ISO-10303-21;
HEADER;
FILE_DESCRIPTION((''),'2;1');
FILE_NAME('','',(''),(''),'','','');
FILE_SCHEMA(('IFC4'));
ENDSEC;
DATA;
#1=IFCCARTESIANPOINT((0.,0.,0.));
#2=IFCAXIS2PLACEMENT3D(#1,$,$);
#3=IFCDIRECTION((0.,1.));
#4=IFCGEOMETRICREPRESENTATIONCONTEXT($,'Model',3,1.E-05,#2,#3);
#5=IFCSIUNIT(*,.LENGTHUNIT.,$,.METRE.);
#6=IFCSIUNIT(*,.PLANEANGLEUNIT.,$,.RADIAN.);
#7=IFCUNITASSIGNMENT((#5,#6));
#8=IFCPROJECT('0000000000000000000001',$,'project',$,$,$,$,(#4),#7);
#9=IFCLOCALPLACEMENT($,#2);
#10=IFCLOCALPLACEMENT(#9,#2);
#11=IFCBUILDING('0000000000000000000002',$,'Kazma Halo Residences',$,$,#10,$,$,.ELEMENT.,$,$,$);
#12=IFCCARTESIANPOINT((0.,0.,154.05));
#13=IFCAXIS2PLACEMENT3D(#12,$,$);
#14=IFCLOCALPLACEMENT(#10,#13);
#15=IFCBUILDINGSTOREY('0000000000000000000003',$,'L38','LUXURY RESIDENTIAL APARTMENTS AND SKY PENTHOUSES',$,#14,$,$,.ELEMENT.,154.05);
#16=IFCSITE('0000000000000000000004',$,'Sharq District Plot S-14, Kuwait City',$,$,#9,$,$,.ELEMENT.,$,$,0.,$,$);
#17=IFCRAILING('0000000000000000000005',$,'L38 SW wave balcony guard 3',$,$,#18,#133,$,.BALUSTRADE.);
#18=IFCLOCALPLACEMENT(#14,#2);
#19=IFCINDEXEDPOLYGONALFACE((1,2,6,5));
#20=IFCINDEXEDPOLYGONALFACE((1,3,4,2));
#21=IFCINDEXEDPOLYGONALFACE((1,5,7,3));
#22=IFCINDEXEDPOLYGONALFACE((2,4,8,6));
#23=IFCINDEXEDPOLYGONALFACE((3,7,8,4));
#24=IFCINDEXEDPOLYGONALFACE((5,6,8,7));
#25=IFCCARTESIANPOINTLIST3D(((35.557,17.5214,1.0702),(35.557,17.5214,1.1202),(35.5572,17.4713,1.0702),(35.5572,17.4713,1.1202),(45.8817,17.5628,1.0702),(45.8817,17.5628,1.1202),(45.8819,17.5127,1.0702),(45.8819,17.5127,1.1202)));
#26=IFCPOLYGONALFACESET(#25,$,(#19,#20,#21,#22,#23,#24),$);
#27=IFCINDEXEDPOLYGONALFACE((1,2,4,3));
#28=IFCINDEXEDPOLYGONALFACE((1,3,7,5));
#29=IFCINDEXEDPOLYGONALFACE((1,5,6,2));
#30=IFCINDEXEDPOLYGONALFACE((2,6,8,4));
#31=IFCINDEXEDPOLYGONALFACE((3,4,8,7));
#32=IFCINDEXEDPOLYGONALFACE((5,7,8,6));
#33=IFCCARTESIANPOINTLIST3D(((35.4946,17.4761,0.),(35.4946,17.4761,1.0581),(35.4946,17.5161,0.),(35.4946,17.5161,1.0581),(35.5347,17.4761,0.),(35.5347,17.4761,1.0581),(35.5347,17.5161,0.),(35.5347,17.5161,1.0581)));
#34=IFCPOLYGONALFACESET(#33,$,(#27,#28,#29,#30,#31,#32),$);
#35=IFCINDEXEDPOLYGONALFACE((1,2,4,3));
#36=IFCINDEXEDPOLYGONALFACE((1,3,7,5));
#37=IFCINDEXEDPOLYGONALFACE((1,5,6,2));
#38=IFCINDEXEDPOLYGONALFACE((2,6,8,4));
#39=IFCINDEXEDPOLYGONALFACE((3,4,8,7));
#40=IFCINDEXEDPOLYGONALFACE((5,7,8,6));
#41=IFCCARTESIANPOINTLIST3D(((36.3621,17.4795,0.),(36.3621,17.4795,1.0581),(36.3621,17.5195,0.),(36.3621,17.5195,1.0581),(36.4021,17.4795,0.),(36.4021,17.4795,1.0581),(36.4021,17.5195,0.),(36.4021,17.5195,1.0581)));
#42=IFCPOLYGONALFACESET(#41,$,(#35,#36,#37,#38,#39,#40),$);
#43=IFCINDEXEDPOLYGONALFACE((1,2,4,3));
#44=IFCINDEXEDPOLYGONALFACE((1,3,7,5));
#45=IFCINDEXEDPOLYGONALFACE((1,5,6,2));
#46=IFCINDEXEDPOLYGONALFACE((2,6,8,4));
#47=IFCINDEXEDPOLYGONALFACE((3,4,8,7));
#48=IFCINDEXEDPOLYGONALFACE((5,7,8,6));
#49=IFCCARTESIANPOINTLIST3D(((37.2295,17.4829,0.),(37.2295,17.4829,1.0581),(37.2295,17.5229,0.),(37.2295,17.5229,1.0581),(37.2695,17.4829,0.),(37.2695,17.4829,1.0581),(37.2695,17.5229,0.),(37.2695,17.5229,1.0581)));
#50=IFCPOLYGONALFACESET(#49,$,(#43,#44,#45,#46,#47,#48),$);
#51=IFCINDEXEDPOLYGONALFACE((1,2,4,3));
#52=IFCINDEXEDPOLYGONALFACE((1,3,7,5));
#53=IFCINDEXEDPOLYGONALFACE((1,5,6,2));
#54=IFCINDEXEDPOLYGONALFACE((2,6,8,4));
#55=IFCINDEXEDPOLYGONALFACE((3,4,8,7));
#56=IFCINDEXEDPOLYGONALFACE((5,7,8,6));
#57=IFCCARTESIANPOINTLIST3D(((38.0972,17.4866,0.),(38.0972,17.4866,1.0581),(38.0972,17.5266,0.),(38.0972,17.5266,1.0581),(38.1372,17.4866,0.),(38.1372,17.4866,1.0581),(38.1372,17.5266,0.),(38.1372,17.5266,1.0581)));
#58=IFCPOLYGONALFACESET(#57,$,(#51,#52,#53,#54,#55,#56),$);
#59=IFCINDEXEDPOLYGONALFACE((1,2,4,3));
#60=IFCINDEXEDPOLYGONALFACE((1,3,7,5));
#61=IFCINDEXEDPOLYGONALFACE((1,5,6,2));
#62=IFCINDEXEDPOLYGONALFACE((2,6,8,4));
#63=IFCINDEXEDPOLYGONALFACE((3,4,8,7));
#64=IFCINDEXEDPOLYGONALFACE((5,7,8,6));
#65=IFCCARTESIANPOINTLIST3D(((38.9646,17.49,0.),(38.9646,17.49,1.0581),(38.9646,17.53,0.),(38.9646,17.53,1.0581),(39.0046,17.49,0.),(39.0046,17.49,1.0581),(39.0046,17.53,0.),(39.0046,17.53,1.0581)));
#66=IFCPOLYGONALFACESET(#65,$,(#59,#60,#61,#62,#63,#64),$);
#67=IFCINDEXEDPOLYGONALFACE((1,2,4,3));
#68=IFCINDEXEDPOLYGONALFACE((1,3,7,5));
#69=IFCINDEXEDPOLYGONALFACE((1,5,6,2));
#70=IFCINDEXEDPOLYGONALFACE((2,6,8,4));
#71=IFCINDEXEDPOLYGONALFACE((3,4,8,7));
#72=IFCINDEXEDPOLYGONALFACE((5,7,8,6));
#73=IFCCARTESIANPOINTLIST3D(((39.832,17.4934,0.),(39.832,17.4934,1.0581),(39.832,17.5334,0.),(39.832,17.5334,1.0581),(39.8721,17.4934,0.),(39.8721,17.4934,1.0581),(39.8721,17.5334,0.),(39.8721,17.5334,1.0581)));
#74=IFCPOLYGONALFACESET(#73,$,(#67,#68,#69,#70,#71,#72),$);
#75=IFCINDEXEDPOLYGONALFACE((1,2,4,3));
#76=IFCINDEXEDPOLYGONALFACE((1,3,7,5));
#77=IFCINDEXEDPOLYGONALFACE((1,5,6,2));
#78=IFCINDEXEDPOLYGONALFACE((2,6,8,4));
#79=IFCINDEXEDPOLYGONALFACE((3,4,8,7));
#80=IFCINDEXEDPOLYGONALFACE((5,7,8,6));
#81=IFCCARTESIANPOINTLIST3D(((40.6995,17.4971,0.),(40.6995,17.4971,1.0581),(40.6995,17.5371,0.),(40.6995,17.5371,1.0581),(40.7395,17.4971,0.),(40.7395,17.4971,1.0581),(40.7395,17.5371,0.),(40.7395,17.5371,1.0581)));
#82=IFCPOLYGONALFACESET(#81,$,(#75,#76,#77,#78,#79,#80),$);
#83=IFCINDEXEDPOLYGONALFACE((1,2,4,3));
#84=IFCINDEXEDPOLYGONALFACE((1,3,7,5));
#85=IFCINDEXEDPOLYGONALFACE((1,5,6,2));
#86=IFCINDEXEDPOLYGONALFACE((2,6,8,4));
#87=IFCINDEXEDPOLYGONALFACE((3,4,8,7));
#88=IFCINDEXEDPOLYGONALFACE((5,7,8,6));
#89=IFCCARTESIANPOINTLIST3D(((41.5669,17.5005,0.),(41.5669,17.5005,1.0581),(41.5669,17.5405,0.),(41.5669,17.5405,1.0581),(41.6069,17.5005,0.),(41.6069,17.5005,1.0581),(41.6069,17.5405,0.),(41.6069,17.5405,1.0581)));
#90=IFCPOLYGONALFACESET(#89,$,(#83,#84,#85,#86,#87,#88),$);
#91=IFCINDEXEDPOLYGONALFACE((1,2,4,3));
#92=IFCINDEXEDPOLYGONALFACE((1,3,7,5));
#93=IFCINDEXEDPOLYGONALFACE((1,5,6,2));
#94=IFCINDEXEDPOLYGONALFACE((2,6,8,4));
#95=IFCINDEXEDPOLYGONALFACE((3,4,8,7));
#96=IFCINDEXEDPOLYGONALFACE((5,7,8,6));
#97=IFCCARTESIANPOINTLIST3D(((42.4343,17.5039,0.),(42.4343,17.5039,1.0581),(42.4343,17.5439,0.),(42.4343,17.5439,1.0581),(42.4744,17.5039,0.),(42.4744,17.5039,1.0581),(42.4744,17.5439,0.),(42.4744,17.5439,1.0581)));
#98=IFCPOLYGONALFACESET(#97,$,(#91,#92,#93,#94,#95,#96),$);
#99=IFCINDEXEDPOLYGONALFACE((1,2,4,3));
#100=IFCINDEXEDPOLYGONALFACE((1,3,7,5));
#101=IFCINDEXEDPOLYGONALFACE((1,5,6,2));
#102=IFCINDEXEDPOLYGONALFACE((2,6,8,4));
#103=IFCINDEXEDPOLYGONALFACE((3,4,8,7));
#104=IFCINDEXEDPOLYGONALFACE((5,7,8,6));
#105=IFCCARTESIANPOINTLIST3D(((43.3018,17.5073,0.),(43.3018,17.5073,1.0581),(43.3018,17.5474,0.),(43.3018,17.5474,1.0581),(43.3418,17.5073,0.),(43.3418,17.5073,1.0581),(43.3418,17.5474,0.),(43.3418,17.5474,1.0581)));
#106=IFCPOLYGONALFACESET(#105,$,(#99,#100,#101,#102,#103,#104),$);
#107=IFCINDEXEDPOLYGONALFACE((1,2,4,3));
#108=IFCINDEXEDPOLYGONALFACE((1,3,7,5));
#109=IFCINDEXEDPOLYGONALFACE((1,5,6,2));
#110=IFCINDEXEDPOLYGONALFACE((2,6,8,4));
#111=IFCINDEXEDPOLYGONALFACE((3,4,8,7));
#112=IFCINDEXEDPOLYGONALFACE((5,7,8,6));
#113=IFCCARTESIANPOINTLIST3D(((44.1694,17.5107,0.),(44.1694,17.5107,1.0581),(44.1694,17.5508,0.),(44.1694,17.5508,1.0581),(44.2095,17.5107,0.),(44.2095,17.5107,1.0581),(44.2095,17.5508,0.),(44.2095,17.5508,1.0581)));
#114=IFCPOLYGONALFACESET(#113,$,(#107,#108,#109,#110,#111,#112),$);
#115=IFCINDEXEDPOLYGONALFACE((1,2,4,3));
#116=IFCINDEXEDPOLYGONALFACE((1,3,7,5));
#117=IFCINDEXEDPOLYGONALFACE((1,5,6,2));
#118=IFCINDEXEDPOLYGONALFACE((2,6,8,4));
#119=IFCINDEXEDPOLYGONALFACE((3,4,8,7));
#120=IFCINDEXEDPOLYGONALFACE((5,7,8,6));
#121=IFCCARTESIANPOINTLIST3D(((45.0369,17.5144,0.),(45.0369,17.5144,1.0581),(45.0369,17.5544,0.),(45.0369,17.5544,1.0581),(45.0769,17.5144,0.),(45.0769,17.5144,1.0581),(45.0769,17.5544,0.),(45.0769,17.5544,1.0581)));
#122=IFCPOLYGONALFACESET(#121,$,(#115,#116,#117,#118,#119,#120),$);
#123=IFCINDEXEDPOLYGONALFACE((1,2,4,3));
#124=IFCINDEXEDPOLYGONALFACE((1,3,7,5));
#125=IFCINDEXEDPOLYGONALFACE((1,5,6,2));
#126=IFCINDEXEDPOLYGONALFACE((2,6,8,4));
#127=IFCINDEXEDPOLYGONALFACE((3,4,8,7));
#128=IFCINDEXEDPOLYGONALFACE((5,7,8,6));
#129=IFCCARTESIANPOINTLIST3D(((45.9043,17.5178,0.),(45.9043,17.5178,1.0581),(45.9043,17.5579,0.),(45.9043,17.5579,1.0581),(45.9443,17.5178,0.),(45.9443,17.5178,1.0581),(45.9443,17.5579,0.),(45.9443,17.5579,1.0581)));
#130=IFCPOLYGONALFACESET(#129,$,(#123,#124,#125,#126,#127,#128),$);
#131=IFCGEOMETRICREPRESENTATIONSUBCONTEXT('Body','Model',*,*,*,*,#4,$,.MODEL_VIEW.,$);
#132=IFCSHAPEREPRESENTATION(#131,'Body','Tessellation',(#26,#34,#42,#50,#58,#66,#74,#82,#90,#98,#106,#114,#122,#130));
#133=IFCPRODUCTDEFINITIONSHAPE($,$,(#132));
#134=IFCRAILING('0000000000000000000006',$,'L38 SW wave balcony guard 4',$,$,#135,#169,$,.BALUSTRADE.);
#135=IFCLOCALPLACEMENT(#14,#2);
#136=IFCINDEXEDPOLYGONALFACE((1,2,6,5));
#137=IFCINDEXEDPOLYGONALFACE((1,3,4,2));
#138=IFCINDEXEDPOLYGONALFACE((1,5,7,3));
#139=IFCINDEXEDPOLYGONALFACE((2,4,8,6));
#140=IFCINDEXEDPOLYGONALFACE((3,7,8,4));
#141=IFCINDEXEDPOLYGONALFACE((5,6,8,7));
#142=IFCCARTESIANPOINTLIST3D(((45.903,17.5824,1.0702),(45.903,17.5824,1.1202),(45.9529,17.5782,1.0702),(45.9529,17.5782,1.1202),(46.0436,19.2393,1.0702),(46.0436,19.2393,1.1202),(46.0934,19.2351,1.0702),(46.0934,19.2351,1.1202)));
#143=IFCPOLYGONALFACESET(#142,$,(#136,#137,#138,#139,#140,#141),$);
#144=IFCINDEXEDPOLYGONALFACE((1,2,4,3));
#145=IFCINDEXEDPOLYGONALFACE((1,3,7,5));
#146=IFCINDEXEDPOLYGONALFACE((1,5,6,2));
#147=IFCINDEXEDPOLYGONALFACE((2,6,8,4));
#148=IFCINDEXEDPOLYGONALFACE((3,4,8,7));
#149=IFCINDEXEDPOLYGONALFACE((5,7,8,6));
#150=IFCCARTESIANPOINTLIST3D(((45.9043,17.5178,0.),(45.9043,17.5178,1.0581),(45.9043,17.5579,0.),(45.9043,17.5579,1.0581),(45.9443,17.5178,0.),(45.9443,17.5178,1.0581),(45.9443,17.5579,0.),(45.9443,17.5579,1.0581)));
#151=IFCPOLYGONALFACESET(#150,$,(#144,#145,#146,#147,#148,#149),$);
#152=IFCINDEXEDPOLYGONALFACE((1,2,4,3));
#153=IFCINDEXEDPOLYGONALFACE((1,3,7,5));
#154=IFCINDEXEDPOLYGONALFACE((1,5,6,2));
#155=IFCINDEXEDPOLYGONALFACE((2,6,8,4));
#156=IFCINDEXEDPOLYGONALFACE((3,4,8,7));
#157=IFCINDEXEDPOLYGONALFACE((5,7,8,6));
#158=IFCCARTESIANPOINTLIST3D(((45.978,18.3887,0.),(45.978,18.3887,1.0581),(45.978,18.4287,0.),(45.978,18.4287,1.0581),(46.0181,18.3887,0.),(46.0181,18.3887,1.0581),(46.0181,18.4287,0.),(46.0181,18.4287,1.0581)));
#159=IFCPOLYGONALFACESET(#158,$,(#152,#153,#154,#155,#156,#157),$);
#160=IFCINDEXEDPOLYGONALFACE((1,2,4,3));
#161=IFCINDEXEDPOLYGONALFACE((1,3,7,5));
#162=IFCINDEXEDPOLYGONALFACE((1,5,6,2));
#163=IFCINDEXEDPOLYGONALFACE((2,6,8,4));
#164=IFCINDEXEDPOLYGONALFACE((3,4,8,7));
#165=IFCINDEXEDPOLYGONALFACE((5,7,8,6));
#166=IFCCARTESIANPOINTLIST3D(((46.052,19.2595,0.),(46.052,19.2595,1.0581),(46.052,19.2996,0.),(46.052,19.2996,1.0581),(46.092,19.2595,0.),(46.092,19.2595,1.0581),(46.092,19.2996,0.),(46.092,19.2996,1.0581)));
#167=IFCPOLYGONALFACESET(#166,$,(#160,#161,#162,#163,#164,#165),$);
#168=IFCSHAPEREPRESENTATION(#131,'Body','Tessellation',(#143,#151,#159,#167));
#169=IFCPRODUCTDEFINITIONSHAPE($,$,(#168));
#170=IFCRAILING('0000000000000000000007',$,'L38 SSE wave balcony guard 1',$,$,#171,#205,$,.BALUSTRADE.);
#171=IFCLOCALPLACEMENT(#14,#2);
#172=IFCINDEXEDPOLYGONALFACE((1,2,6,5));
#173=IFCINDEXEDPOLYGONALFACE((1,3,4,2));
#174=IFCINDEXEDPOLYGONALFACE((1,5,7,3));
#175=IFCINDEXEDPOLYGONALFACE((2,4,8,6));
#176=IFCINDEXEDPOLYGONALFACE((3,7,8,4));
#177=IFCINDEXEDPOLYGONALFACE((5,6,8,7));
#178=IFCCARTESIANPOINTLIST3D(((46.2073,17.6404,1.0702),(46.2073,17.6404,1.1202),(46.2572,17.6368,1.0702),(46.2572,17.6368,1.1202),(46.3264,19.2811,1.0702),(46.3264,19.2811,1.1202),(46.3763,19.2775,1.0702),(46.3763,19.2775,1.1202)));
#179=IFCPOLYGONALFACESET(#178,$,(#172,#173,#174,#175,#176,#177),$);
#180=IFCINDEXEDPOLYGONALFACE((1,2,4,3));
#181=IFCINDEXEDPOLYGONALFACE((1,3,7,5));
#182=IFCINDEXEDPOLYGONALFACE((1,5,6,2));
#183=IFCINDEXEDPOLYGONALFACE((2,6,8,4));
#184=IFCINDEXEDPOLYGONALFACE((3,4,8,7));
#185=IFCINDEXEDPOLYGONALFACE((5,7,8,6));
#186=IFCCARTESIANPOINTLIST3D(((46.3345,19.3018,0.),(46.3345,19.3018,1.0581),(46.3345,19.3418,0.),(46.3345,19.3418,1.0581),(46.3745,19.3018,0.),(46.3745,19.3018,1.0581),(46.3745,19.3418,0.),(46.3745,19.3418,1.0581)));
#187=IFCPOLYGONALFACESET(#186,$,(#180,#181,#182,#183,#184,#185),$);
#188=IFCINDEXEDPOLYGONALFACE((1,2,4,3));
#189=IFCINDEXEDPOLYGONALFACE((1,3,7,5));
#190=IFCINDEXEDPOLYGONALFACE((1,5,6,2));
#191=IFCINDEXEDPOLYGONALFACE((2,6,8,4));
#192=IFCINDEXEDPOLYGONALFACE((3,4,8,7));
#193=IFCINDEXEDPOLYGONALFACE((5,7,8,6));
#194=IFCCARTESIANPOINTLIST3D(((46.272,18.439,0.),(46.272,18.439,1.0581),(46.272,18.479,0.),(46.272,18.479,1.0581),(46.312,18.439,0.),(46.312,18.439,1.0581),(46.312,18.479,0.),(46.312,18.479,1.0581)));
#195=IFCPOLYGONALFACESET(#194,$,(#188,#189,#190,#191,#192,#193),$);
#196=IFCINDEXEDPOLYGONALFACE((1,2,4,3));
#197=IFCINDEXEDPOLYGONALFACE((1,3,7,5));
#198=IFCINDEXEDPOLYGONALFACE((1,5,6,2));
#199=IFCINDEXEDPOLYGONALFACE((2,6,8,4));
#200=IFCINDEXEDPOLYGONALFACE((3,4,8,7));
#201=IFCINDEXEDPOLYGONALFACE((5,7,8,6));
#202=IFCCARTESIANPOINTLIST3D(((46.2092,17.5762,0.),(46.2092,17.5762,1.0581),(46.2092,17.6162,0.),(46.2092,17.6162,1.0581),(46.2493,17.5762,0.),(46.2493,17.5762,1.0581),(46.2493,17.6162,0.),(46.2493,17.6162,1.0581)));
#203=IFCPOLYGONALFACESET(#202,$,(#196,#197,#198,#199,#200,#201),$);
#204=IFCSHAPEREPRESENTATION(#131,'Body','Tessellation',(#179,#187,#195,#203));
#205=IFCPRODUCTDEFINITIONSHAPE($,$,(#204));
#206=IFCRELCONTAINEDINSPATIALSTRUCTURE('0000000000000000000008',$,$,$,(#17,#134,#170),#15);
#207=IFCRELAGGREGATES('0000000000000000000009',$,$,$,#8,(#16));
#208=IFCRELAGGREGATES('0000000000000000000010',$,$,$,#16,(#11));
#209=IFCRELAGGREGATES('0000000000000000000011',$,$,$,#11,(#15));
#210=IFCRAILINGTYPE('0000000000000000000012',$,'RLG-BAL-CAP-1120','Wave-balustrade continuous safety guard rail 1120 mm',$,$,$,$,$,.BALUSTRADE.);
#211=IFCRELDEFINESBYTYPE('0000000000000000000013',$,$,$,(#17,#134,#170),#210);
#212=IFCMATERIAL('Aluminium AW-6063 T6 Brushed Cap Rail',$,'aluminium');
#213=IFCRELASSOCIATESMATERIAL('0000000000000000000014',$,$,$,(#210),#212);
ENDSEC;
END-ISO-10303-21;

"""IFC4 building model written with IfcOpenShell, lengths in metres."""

from ifc_helpers import new_model, si_unit, direction, frame, origin, origin_2d, place, context, subcontext, project, spatial, rectangle, extrude, material, type_object, element, save


model = new_model("IFC4")

# Units and contexts
model_context = context("Model", 3, precision=1e-05, world=origin(), true_north=direction((0.0, 1.0)))
body_context = subcontext(model_context, "Body", "Model", "MODEL_VIEW")
ifc_project = project(units=[si_unit("LENGTHUNIT", "METRE"), si_unit("PLANEANGLEUNIT", "RADIAN")], contexts=[model_context])

# Site, building, storey
site_placement = place(None, origin())
site = spatial("IfcSite", under=ifc_project, at=site_placement, Name="Sharq District Plot S-14, Kuwait City", CompositionType="ELEMENT", RefElevation=0.0)
building_placement = place(site_placement, origin())
building = spatial("IfcBuilding", under=site, at=building_placement, Name="Kazma Halo Residences", CompositionType="ELEMENT")
storey_placement = place(building_placement, frame((0.0, 0.0, 154.05)))
storey = spatial("IfcBuildingStorey", under=building, at=storey_placement, Name="L38", Description="LUXURY RESIDENTIAL APARTMENTS AND SKY PENTHOUSES", CompositionType="ELEMENT", Elevation=154.05)

# Railings
ifc_material_1 = material(Name="Aluminium AW-6063 T6 Brushed Cap Rail", Category="aluminium")
railing_type = type_object("IfcRailingType", Name="RLG-BAL-CAP-1120", Description="Wave-balustrade continuous safety guard rail 1120 mm", PredefinedType="BALUSTRADE", material=ifc_material_1)
railing_1_placement = place(storey_placement, frame((35.5146, 17.4961, 0.0)))
element("IfcRailing", 1, at=railing_1_placement, inside=storey, type_object=railing_type, Name="L38 SW wave balcony guard 3", PredefinedType="BALUSTRADE", context=body_context, shape_type="SweptSolid", body=[
    extrude(rectangle(XDim=0.05, YDim=0.05, at=origin_2d()), frame((0.0425, 0.0002, 1.0952), z_axis=(0.999992, 0.00401, 0.0), x_axis=(-0.00401, 0.999992, 0.0)), (0.0, 0.0, 1.0), 10.3247),
    extrude(rectangle(XDim=0.04, YDim=0.04, at=origin_2d()), origin(), (0.0, 0.0, 1.0), 1.0581),
    extrude(rectangle(XDim=0.04, YDim=0.04, at=origin_2d()), frame((0.8674, 0.0034, 0.0)), (0.0, 0.0, 1.0), 1.0581),
    extrude(rectangle(XDim=0.04, YDim=0.04, at=origin_2d()), frame((1.7349, 0.0068, 0.0)), (0.0, 0.0, 1.0), 1.0581),
    extrude(rectangle(XDim=0.04, YDim=0.04, at=origin_2d()), frame((2.6025, 0.0105, 0.0)), (0.0, 0.0, 1.0), 1.0581),
    extrude(rectangle(XDim=0.04, YDim=0.04, at=origin_2d()), frame((3.47, 0.0139, 0.0)), (0.0, 0.0, 1.0), 1.0581),
    extrude(rectangle(XDim=0.04, YDim=0.04, at=origin_2d()), frame((4.3374, 0.0173, 0.0)), (0.0, 0.0, 1.0), 1.0581),
    extrude(rectangle(XDim=0.04, YDim=0.04, at=origin_2d()), frame((5.2048, 0.021, 0.0)), (0.0, 0.0, 1.0), 1.0581),
    extrude(rectangle(XDim=0.04, YDim=0.04, at=origin_2d()), frame((6.0723, 0.0244, 0.0)), (0.0, 0.0, 1.0), 1.0581),
    extrude(rectangle(XDim=0.04, YDim=0.04, at=origin_2d()), frame((6.9397, 0.0278, 0.0)), (0.0, 0.0, 1.0), 1.0581),
    extrude(rectangle(XDim=0.04, YDim=0.04, at=origin_2d()), frame((7.8071, 0.0312, 0.0)), (0.0, 0.0, 1.0), 1.0581),
    extrude(rectangle(XDim=0.04, YDim=0.04, at=origin_2d()), frame((8.6748, 0.0347, 0.0)), (0.0, 0.0, 1.0), 1.0581),
    extrude(rectangle(XDim=0.04, YDim=0.04, at=origin_2d()), frame((9.5422, 0.0383, 0.0)), (0.0, 0.0, 1.0), 1.0581),
    extrude(rectangle(XDim=0.04, YDim=0.04, at=origin_2d()), frame((10.4097, 0.0417, 0.0)), (0.0, 0.0, 1.0), 1.0581),
])
railing_2_placement = place(storey_placement, frame((45.9243, 17.5378, 0.0)))
element("IfcRailing", 2, at=railing_2_placement, inside=storey, type_object=railing_type, Name="L38 SW wave balcony guard 4", PredefinedType="BALUSTRADE", context=body_context, shape_type="SweptSolid", body=[
    extrude(rectangle(XDim=0.05, YDim=0.05, at=origin_2d()), frame((0.0037, 0.0425, 1.0952), z_axis=(0.084502, 0.996423, 0.0), x_axis=(-0.996423, 0.084502, 0.0)), (0.0, 0.0, 1.0), 1.6628),
    extrude(rectangle(XDim=0.04, YDim=0.04, at=origin_2d()), origin(), (0.0, 0.0, 1.0), 1.0581),
    extrude(rectangle(XDim=0.04, YDim=0.04, at=origin_2d()), frame((0.0737, 0.8708, 0.0)), (0.0, 0.0, 1.0), 1.0581),
    extrude(rectangle(XDim=0.04, YDim=0.04, at=origin_2d()), frame((0.1477, 1.7417, 0.0)), (0.0, 0.0, 1.0), 1.0581),
])
railing_3_placement = place(storey_placement, frame((46.3545, 19.3218, 0.0)))
element("IfcRailing", 3, at=railing_3_placement, inside=storey, type_object=railing_type, Name="L38 SSE wave balcony guard 1", PredefinedType="BALUSTRADE", context=body_context, shape_type="SweptSolid", body=[
    extrude(rectangle(XDim=0.05, YDim=0.05, at=origin_2d()), frame((-0.0032, -0.0425, 1.0952), z_axis=(-0.07239, -0.997376, 0.0), x_axis=(0.997376, -0.07239, 0.0)), (0.0, 0.0, 1.0), 1.645),
    extrude(rectangle(XDim=0.04, YDim=0.04, at=origin_2d()), origin(), (0.0, 0.0, 1.0), 1.0581),
    extrude(rectangle(XDim=0.04, YDim=0.04, at=origin_2d()), frame((-0.0625, -0.8628, 0.0)), (0.0, 0.0, 1.0), 1.0581),
    extrude(rectangle(XDim=0.04, YDim=0.04, at=origin_2d()), frame((-0.1252, -1.7256, 0.0)), (0.0, 0.0, 1.0), 1.0581),
])

save(model, "model.ifc")
